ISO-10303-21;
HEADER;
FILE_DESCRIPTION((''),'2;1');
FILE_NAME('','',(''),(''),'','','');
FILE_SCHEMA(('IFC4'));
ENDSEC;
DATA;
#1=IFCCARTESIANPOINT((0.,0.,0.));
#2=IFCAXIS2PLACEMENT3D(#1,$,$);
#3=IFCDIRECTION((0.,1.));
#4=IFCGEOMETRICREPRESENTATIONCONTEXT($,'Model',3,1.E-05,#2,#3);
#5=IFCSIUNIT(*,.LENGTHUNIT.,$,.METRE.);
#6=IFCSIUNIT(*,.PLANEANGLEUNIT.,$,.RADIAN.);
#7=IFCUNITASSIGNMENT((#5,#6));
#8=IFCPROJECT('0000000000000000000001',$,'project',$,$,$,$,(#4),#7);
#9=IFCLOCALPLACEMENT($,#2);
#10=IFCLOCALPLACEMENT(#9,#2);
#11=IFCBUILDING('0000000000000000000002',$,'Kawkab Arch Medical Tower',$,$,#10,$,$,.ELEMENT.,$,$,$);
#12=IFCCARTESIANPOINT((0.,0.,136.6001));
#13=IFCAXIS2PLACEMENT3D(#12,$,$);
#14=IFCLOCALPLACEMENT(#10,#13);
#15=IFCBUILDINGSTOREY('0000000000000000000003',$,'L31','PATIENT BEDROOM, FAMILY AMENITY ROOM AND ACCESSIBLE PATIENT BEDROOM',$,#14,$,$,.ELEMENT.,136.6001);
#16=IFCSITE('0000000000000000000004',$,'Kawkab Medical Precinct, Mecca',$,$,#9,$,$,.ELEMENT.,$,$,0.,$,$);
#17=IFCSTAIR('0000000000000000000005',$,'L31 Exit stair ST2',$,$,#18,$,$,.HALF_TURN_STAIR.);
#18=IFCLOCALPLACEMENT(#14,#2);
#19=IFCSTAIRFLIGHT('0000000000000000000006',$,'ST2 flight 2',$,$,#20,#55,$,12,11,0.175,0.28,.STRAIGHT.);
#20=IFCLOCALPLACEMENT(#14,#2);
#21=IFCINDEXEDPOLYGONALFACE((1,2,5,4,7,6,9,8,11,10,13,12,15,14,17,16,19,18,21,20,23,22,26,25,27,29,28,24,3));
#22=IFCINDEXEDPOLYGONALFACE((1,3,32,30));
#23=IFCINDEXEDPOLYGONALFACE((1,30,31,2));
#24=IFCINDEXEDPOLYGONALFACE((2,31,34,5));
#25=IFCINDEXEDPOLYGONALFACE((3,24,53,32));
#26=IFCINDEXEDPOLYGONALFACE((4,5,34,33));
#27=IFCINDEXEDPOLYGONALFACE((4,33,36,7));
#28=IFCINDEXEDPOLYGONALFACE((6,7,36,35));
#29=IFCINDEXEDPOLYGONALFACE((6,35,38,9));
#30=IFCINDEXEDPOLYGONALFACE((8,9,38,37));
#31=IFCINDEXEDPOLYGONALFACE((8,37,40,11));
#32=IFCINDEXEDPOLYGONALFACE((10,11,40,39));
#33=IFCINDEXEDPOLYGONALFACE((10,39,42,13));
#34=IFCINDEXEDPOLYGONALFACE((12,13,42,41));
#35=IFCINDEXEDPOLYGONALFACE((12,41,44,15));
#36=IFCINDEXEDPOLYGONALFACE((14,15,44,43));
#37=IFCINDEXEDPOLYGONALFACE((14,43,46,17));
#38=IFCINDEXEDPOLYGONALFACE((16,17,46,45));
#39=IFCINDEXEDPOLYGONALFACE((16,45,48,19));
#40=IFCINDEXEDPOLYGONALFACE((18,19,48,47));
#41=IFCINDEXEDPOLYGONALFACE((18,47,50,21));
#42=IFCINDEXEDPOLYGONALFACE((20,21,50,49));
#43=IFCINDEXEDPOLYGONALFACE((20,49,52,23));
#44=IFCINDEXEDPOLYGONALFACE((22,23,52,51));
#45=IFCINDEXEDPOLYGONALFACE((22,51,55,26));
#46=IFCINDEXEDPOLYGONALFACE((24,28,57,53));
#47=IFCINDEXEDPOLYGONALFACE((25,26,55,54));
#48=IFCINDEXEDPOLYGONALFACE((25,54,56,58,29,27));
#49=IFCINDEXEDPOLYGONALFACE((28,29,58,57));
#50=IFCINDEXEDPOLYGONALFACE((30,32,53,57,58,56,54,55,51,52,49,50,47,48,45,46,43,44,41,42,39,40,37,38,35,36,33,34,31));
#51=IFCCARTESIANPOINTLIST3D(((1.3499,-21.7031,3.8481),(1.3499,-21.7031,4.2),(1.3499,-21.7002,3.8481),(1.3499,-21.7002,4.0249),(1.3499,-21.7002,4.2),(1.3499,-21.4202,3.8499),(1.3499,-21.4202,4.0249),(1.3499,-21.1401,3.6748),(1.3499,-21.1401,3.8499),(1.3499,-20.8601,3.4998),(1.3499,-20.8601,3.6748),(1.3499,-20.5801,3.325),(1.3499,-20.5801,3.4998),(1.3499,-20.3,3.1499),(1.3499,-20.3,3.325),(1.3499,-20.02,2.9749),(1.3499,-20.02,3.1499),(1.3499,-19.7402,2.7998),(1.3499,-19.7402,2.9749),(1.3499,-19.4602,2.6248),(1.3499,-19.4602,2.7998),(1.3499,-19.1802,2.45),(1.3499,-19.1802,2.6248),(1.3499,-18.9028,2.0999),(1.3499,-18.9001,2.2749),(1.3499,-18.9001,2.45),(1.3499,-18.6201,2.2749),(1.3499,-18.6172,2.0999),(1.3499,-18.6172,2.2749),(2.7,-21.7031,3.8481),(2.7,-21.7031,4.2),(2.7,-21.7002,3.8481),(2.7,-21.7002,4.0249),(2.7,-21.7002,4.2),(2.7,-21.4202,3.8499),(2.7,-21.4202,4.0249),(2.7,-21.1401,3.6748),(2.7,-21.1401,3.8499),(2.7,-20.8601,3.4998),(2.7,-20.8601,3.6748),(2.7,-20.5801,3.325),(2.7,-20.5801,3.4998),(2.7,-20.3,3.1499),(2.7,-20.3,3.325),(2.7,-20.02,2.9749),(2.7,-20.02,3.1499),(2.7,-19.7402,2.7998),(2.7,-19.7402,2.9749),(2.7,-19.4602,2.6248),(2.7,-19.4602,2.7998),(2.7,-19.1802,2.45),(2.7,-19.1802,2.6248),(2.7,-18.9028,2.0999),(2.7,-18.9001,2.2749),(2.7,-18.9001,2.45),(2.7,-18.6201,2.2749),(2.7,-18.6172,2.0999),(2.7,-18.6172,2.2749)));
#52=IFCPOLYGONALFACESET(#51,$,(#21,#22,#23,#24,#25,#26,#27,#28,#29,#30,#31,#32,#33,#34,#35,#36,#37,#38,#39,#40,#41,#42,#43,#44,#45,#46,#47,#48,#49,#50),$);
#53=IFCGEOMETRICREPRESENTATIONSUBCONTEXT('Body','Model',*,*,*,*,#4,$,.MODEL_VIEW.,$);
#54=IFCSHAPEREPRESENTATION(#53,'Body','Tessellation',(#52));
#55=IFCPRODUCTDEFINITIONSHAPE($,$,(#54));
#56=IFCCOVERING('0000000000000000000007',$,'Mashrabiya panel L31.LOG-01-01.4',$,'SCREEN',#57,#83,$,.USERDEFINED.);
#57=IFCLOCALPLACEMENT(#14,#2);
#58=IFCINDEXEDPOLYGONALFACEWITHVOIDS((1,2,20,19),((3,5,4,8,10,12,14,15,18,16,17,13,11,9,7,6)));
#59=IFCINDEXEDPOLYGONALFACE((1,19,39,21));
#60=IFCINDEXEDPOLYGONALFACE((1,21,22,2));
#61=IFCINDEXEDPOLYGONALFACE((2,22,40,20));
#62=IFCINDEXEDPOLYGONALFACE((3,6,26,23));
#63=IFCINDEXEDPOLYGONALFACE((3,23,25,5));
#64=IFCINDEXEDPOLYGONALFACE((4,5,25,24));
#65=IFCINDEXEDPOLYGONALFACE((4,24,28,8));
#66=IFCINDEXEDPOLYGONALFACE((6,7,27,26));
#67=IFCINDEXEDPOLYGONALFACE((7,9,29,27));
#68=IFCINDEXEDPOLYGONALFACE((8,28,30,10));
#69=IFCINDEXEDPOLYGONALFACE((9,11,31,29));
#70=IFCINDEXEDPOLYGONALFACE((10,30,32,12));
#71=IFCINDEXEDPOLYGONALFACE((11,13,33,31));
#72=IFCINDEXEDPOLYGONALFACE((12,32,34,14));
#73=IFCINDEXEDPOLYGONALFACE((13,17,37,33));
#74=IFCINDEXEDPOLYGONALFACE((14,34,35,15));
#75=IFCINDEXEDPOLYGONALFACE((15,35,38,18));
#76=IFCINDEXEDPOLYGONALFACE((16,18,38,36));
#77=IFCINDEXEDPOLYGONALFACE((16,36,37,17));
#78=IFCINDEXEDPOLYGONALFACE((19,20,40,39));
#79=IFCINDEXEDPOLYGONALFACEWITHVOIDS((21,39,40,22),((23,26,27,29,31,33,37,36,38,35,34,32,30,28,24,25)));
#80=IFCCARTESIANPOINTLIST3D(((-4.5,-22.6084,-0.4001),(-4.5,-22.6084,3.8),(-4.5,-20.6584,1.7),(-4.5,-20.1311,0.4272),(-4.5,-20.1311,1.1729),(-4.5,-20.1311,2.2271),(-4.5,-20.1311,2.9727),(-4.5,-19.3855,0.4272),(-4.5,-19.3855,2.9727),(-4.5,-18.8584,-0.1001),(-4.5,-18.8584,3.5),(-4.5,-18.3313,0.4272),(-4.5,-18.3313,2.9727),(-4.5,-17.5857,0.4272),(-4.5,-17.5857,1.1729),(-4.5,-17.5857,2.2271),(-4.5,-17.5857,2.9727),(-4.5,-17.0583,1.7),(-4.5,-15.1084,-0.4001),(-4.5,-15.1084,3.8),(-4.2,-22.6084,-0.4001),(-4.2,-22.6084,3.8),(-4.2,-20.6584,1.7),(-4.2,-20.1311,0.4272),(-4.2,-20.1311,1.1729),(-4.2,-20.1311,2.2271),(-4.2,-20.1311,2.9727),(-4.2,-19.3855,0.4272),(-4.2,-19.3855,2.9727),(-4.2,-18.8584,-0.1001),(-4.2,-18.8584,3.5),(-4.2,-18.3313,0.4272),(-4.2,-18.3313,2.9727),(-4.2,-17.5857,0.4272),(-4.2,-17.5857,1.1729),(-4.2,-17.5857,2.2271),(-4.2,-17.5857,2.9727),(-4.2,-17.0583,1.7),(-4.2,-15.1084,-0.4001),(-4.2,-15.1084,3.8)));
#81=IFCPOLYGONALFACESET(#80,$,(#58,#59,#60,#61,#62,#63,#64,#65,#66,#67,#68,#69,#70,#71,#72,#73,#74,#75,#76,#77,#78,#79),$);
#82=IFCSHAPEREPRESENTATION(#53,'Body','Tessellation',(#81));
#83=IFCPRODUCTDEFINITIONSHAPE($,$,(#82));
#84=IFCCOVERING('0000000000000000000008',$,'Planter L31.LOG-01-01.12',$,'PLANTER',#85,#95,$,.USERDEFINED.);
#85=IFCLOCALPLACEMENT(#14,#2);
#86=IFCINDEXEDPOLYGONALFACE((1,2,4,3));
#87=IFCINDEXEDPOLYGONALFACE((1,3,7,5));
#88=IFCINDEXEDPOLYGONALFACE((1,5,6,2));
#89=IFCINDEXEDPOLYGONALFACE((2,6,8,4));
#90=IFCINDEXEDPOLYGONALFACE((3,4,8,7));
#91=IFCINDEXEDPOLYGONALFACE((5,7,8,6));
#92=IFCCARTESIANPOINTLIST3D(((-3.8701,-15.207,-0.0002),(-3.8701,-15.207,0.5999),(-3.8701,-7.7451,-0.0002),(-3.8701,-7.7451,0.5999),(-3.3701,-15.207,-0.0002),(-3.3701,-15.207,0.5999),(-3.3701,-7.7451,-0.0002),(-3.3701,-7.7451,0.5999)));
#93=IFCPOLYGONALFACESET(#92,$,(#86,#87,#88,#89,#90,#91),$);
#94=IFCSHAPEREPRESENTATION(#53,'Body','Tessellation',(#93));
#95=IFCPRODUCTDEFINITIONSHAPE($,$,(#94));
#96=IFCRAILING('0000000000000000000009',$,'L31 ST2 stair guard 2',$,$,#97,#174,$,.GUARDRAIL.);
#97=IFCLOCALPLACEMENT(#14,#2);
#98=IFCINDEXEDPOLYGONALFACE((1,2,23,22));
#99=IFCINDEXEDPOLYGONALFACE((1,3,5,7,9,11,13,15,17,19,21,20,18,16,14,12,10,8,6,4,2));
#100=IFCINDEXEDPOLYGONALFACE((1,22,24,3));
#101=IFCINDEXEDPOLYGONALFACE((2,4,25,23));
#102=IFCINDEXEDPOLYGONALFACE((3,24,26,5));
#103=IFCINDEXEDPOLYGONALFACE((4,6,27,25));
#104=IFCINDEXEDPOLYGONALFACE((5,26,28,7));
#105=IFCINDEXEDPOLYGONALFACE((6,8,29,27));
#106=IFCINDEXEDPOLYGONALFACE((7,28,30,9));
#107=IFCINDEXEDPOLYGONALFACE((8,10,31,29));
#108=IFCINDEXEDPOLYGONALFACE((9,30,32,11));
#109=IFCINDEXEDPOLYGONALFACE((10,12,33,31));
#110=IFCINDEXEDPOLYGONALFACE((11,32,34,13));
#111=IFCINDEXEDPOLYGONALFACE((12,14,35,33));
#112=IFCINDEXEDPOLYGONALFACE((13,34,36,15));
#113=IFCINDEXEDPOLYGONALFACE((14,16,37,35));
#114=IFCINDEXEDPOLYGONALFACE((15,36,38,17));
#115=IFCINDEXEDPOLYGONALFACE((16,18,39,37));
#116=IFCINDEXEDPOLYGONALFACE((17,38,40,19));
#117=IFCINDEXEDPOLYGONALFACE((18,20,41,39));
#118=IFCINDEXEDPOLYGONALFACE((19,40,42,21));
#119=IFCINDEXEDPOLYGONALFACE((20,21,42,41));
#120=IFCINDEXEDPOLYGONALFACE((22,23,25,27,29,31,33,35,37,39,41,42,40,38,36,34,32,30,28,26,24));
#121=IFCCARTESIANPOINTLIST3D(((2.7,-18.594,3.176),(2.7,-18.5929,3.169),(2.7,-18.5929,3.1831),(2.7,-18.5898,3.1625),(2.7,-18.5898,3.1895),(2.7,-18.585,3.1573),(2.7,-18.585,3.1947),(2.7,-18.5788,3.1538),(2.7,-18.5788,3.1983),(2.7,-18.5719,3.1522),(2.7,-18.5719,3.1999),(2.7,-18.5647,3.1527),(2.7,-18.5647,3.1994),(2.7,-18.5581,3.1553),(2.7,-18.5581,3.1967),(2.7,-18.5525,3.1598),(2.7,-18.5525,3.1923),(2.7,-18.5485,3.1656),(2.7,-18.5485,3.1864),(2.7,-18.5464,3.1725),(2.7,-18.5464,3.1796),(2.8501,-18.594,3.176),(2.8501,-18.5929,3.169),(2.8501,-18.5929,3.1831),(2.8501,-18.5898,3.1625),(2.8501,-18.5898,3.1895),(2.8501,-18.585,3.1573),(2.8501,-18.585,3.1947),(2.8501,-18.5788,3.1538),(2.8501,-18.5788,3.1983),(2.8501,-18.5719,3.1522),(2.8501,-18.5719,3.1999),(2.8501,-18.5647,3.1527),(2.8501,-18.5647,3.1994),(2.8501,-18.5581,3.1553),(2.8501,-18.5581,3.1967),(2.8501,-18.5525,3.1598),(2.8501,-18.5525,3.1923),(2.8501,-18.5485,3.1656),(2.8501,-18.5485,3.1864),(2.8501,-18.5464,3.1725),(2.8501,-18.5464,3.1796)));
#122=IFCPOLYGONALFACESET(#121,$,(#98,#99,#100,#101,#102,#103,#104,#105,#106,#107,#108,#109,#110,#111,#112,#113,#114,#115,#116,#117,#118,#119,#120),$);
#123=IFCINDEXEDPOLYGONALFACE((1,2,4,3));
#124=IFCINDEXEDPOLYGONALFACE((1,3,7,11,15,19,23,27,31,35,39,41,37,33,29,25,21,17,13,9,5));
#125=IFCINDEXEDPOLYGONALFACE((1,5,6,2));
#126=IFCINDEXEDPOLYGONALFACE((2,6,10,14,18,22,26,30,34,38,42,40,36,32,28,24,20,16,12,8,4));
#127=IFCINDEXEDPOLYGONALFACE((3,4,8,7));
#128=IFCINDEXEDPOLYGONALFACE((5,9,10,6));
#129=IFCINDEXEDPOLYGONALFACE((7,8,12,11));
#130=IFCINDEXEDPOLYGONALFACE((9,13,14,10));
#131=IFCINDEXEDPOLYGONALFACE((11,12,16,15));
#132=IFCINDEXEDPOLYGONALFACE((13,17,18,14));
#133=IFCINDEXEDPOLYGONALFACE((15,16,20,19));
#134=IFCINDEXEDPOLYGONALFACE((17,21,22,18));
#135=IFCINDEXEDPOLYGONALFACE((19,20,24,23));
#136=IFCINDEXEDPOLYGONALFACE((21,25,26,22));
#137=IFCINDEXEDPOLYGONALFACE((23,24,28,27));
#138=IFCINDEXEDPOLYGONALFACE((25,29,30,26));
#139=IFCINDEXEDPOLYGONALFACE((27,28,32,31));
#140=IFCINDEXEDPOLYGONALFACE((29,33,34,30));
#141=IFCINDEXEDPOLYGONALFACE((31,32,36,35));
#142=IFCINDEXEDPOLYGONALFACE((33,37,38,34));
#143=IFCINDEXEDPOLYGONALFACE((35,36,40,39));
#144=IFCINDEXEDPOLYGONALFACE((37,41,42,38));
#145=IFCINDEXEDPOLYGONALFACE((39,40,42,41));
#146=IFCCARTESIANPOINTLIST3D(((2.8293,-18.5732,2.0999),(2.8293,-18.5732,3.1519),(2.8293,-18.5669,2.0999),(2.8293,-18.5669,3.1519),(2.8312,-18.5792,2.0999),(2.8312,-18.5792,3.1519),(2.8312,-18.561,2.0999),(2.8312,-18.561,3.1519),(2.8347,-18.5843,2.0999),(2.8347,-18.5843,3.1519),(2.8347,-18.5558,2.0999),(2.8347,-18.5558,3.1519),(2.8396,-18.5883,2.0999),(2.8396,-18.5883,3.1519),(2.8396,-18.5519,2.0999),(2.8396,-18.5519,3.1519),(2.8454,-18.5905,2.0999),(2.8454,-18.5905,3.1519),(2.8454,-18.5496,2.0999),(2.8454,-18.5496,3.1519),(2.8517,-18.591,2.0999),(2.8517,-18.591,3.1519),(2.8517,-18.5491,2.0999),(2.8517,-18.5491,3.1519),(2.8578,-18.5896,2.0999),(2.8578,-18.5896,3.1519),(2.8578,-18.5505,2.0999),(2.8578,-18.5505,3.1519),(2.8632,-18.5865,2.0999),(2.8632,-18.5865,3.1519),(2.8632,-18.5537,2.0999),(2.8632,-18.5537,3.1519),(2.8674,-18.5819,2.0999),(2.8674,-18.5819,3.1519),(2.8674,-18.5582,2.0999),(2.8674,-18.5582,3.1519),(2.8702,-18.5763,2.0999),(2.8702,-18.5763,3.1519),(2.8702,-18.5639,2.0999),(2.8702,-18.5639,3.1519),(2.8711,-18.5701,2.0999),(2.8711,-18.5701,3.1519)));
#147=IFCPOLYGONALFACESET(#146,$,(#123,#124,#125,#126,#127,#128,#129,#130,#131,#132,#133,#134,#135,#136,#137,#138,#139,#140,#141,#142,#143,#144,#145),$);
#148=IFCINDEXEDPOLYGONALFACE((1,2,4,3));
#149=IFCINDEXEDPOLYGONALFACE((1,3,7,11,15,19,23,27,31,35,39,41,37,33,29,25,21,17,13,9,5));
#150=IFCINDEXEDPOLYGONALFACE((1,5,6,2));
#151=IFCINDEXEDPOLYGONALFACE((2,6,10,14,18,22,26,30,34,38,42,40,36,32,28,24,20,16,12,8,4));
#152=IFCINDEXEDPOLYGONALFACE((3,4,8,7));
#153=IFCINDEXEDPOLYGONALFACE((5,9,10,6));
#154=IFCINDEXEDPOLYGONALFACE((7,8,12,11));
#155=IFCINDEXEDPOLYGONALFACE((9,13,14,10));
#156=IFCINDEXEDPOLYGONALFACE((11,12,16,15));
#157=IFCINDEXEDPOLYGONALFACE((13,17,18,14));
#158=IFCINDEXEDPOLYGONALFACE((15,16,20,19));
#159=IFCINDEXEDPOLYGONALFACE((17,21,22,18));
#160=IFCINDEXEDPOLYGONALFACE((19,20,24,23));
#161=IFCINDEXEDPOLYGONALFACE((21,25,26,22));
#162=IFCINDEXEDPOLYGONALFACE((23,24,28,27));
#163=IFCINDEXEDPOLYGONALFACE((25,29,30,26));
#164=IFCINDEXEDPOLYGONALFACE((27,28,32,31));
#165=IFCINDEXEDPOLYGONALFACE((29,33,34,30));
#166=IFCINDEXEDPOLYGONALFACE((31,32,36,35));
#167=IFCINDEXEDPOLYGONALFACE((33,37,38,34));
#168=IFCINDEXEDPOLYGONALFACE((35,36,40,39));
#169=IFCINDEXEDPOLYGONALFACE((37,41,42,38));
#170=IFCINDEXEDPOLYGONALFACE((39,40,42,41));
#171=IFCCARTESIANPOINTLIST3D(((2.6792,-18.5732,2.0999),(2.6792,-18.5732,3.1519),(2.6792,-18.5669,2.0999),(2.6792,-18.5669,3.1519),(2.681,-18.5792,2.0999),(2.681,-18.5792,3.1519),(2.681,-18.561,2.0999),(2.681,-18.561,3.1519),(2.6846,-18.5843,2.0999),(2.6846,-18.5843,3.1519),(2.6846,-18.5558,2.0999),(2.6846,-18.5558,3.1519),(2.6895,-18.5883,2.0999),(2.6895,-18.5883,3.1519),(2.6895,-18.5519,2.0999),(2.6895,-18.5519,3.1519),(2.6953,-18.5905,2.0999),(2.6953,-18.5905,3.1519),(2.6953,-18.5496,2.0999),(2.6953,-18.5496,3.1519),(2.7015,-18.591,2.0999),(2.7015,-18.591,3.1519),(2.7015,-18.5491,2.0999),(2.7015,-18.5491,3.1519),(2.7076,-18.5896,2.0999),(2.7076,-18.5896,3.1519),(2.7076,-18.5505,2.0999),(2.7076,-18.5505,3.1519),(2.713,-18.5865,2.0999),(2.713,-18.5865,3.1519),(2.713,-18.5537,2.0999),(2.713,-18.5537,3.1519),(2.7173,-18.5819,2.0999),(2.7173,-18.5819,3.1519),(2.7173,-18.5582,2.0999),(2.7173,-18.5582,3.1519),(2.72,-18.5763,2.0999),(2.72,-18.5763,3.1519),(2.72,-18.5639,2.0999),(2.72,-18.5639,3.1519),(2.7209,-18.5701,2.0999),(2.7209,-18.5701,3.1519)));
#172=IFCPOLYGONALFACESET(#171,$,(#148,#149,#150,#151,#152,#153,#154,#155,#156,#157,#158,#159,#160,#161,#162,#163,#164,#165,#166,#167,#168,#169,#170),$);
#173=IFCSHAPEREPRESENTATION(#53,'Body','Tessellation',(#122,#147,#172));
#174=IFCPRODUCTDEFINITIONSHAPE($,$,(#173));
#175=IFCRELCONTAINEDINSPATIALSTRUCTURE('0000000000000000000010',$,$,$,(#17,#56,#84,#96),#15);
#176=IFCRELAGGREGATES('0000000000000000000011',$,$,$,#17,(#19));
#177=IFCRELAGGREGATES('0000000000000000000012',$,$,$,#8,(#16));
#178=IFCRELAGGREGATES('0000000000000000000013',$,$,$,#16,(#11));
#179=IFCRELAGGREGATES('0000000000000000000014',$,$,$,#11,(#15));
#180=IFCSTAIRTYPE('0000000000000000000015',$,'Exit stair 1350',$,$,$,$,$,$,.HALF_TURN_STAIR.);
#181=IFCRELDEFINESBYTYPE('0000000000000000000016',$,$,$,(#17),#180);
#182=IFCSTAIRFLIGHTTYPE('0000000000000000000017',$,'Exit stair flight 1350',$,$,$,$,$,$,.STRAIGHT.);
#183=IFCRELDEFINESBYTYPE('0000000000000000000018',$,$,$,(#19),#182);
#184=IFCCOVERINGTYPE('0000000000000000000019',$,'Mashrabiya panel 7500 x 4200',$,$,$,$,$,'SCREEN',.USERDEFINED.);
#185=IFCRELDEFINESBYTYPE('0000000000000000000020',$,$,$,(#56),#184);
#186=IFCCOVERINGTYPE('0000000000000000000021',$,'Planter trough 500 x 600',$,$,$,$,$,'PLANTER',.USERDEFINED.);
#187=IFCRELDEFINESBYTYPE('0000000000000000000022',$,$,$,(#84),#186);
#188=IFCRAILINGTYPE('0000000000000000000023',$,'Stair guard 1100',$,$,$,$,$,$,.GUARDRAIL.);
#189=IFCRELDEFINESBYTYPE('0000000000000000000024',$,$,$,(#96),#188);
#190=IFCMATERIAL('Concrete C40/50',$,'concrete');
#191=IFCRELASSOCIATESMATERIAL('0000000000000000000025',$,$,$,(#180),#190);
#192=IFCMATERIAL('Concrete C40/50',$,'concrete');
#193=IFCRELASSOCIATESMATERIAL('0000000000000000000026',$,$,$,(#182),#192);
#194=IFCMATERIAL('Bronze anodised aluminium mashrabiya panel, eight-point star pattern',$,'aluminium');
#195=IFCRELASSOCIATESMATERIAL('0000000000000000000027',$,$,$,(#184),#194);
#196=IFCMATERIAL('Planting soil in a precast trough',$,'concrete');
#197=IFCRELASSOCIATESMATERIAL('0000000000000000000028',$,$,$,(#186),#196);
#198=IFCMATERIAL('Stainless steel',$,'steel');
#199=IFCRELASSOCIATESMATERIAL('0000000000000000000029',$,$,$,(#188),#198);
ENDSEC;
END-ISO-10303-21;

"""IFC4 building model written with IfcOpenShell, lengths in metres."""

from ifc_helpers import new_model, si_unit, direction, frame, origin, origin_2d, place, context, subcontext, project, spatial, polyline, rectangle, circle, outline, extrude, material, material_profile, profile_set, type_object, element, aggregate, save


model = new_model("IFC4")

# Units and contexts
model_context = context("Model", 3, precision=1e-05, world=origin(), true_north=direction((0.0, 1.0)))
body_context = subcontext(model_context, "Body", "Model", "MODEL_VIEW")
ifc_project = project(units=[si_unit("LENGTHUNIT", "METRE"), si_unit("PLANEANGLEUNIT", "RADIAN")], contexts=[model_context])

# Site, building, storey
site_placement = place(None, origin())
site = spatial("IfcSite", under=ifc_project, at=site_placement, Name="Kawkab Medical Precinct, Mecca", CompositionType="ELEMENT", RefElevation=0.0)
building_placement = place(site_placement, origin())
building = spatial("IfcBuilding", under=site, at=building_placement, Name="Kawkab Arch Medical Tower", CompositionType="ELEMENT")
storey_placement = place(building_placement, frame((0.0, 0.0, 136.6001)))
storey = spatial("IfcBuildingStorey", under=building, at=storey_placement, Name="L31", Description="PATIENT BEDROOM, FAMILY AMENITY ROOM AND ACCESSIBLE PATIENT BEDROOM", CompositionType="ELEMENT", Elevation=136.6001)

# Shared definitions
placement = place(storey_placement, origin())

# Stair, stair flight
ifc_material_1 = material(Name="Concrete C40/50", Category="concrete")
stair_type = type_object("IfcStairType", Name="Exit stair 1350", PredefinedType="HALF_TURN_STAIR", material=ifc_material_1)
stair = element("IfcStair", 1, at=placement, inside=storey, type_object=stair_type, Name="L31 Exit stair ST2", PredefinedType="HALF_TURN_STAIR")
ifc_material_2 = material(Name="Concrete C40/50", Category="concrete")
stair_flight_type = type_object("IfcStairFlightType", Name="Exit stair flight 1350", PredefinedType="STRAIGHT", material=ifc_material_2)
stair_flight_placement = place(storey_placement, frame((2.0249, -18.6201, 2.0999), z_axis=(0.0, 0.0, 1.0), x_axis=(0.0, -1.0, 0.0)))
stair_flight = element("IfcStairFlight", 2, at=stair_flight_placement, type_object=stair_flight_type, Name="ST2 flight 2", NumberOfRisers=12, NumberOfTreads=11, PredefinedType="STRAIGHT", RiserHeight=0.175, TreadLength=0.28, context=body_context, shape_type="SweptSolid", body=[
    extrude(outline(polyline([(-0.0029, 0.0), (-0.0029, 0.175), (0.0, 0.175), (0.28, 0.175), (0.28, 0.3501), (0.5601, 0.3501), (0.5601, 0.5249), (0.8401, 0.5249), (0.8401, 0.7), (1.1201, 0.7), (1.1201, 0.875), (1.3999, 0.875), (1.3999, 1.05), (1.6799, 1.05), (1.6799, 1.2251), (1.96, 1.2251), (1.96, 1.3999), (2.24, 1.3999), (2.24, 1.575), (2.52, 1.575), (2.52, 1.75), (2.8, 1.75), (2.8, 1.925), (3.0801, 1.925), (3.0801, 2.1001), (3.083, 2.1001), (3.083, 1.7483), (3.0801, 1.7483), (0.2827, 0.0), (-0.0029, 0.0)])), frame((0.0, 0.675, 0.0), z_axis=(0.0, -1.0, 0.0), x_axis=(1.0, 0.0, 0.0)), (0.0, 0.0, 1.0), 1.3501),
])
aggregate(stair, [stair_flight])

# Coverings
ifc_material_3 = material(Name="Bronze anodised aluminium mashrabiya panel, eight-point star pattern", Category="aluminium")
ifc_material_profile_1 = material_profile(ifc_material_3, outline(polyline([(-3.75, -2.1001), (3.75, -2.1001), (3.75, 2.1001), (-3.75, 2.1001), (-3.75, -2.1001)]), holes=[polyline([(1.8, 0.0), (1.2727, 0.5271), (1.2727, 1.2727), (0.5271, 1.2727), (0.0, 1.8), (-0.5271, 1.2727), (-1.2727, 1.2727), (-1.2727, 0.5271), (-1.8, 0.0), (-1.2727, -0.5271), (-1.2727, -1.2727), (-0.5271, -1.2727), (0.0, -1.8), (0.5271, -1.2727), (1.2727, -1.2727), (1.2727, -0.5271), (1.8, 0.0)])]), Name="Mashrabiya panel 7500x4200")
ifc_profile_set_1 = profile_set([ifc_material_profile_1], Name="Bronze anodised aluminium mashrabiya panel, eight-point star pattern")
covering_type_1 = type_object("IfcCoveringType", Name="Mashrabiya panel 7500 x 4200", ElementType="SCREEN", PredefinedType="USERDEFINED", material=ifc_profile_set_1)
covering_1_placement = place(storey_placement, frame((-4.2, -18.8584, 1.7), z_axis=(-1.0, 0.0, 0.0), x_axis=(0.0, -1.0, 0.0)))
element("IfcCovering", 3, at=covering_1_placement, inside=storey, type_object=covering_type_1, Name="Mashrabiya panel L31.LOG-01-01.4", ObjectType="SCREEN", PredefinedType="USERDEFINED", context=body_context, shape_type="SweptSolid", body=[
    extrude(outline(polyline([(-3.75, -2.1001), (3.75, -2.1001), (3.75, 2.1001), (-3.75, 2.1001), (-3.75, -2.1001)]), holes=[polyline([(1.8, 0.0), (1.2727, 0.5271), (1.2727, 1.2727), (0.5271, 1.2727), (0.0, 1.8), (-0.5271, 1.2727), (-1.2727, 1.2727), (-1.2727, 0.5271), (-1.8, 0.0), (-1.2727, -0.5271), (-1.2727, -1.2727), (-0.5271, -1.2727), (0.0, -1.8), (0.5271, -1.2727), (1.2727, -1.2727), (1.2727, -0.5271), (1.8, 0.0)])]), origin(), (0.0, 0.0, 1.0), 0.3),
])
ifc_material_4 = material(Name="Planting soil in a precast trough", Category="concrete")
ifc_material_profile_2 = material_profile(ifc_material_4, rectangle(XDim=0.5, YDim=0.6001, at=origin_2d()), Name="Trough 500x600")
ifc_profile_set_2 = profile_set([ifc_material_profile_2], Name="Planting soil in a precast trough")
covering_type_2 = type_object("IfcCoveringType", Name="Planter trough 500 x 600", ElementType="PLANTER", PredefinedType="USERDEFINED", material=ifc_profile_set_2)
covering_2_placement = place(storey_placement, frame((-3.6201, -15.207, 0.2998), z_axis=(0.0, 1.0, 0.0), x_axis=(-1.0, 0.0, 0.0)))
element("IfcCovering", 4, at=covering_2_placement, inside=storey, type_object=covering_type_2, Name="Planter L31.LOG-01-01.12", ObjectType="PLANTER", PredefinedType="USERDEFINED", context=body_context, shape_type="SweptSolid", body=[
    extrude(rectangle(XDim=0.5, YDim=0.6001, at=origin_2d()), origin(), (0.0, 0.0, 1.0), 7.4619),
])

# Railing
ifc_material_5 = material(Name="Stainless steel", Category="steel")
railing_type = type_object("IfcRailingType", Name="Stair guard 1100", PredefinedType="GUARDRAIL", material=ifc_material_5)
railing_1_placement = place(storey_placement, frame((2.8501, -18.5701, 2.0999)))
element("IfcRailing", 5, at=railing_1_placement, inside=storey, type_object=railing_type, Name="L31 ST2 stair guard 2", PredefinedType="GUARDRAIL", context=body_context, shape_type="SweptSolid", body=[
    extrude(circle(Radius=0.0239, at=origin_2d()), frame((0.0, 0.0, 1.0762), z_axis=(-1.0, 0.0, 0.0), x_axis=(0.0, -1.0, 0.0)), (0.0, 0.0, 1.0), 0.1501),
    extrude(circle(Radius=0.021, at=origin_2d()), origin(), (0.0, 0.0, 1.0), 1.052),
    extrude(circle(Radius=0.021, at=origin_2d()), frame((-0.1501, 0.0, 0.0)), (0.0, 0.0, 1.0), 1.052),
])

save(model, "model.ifc")
